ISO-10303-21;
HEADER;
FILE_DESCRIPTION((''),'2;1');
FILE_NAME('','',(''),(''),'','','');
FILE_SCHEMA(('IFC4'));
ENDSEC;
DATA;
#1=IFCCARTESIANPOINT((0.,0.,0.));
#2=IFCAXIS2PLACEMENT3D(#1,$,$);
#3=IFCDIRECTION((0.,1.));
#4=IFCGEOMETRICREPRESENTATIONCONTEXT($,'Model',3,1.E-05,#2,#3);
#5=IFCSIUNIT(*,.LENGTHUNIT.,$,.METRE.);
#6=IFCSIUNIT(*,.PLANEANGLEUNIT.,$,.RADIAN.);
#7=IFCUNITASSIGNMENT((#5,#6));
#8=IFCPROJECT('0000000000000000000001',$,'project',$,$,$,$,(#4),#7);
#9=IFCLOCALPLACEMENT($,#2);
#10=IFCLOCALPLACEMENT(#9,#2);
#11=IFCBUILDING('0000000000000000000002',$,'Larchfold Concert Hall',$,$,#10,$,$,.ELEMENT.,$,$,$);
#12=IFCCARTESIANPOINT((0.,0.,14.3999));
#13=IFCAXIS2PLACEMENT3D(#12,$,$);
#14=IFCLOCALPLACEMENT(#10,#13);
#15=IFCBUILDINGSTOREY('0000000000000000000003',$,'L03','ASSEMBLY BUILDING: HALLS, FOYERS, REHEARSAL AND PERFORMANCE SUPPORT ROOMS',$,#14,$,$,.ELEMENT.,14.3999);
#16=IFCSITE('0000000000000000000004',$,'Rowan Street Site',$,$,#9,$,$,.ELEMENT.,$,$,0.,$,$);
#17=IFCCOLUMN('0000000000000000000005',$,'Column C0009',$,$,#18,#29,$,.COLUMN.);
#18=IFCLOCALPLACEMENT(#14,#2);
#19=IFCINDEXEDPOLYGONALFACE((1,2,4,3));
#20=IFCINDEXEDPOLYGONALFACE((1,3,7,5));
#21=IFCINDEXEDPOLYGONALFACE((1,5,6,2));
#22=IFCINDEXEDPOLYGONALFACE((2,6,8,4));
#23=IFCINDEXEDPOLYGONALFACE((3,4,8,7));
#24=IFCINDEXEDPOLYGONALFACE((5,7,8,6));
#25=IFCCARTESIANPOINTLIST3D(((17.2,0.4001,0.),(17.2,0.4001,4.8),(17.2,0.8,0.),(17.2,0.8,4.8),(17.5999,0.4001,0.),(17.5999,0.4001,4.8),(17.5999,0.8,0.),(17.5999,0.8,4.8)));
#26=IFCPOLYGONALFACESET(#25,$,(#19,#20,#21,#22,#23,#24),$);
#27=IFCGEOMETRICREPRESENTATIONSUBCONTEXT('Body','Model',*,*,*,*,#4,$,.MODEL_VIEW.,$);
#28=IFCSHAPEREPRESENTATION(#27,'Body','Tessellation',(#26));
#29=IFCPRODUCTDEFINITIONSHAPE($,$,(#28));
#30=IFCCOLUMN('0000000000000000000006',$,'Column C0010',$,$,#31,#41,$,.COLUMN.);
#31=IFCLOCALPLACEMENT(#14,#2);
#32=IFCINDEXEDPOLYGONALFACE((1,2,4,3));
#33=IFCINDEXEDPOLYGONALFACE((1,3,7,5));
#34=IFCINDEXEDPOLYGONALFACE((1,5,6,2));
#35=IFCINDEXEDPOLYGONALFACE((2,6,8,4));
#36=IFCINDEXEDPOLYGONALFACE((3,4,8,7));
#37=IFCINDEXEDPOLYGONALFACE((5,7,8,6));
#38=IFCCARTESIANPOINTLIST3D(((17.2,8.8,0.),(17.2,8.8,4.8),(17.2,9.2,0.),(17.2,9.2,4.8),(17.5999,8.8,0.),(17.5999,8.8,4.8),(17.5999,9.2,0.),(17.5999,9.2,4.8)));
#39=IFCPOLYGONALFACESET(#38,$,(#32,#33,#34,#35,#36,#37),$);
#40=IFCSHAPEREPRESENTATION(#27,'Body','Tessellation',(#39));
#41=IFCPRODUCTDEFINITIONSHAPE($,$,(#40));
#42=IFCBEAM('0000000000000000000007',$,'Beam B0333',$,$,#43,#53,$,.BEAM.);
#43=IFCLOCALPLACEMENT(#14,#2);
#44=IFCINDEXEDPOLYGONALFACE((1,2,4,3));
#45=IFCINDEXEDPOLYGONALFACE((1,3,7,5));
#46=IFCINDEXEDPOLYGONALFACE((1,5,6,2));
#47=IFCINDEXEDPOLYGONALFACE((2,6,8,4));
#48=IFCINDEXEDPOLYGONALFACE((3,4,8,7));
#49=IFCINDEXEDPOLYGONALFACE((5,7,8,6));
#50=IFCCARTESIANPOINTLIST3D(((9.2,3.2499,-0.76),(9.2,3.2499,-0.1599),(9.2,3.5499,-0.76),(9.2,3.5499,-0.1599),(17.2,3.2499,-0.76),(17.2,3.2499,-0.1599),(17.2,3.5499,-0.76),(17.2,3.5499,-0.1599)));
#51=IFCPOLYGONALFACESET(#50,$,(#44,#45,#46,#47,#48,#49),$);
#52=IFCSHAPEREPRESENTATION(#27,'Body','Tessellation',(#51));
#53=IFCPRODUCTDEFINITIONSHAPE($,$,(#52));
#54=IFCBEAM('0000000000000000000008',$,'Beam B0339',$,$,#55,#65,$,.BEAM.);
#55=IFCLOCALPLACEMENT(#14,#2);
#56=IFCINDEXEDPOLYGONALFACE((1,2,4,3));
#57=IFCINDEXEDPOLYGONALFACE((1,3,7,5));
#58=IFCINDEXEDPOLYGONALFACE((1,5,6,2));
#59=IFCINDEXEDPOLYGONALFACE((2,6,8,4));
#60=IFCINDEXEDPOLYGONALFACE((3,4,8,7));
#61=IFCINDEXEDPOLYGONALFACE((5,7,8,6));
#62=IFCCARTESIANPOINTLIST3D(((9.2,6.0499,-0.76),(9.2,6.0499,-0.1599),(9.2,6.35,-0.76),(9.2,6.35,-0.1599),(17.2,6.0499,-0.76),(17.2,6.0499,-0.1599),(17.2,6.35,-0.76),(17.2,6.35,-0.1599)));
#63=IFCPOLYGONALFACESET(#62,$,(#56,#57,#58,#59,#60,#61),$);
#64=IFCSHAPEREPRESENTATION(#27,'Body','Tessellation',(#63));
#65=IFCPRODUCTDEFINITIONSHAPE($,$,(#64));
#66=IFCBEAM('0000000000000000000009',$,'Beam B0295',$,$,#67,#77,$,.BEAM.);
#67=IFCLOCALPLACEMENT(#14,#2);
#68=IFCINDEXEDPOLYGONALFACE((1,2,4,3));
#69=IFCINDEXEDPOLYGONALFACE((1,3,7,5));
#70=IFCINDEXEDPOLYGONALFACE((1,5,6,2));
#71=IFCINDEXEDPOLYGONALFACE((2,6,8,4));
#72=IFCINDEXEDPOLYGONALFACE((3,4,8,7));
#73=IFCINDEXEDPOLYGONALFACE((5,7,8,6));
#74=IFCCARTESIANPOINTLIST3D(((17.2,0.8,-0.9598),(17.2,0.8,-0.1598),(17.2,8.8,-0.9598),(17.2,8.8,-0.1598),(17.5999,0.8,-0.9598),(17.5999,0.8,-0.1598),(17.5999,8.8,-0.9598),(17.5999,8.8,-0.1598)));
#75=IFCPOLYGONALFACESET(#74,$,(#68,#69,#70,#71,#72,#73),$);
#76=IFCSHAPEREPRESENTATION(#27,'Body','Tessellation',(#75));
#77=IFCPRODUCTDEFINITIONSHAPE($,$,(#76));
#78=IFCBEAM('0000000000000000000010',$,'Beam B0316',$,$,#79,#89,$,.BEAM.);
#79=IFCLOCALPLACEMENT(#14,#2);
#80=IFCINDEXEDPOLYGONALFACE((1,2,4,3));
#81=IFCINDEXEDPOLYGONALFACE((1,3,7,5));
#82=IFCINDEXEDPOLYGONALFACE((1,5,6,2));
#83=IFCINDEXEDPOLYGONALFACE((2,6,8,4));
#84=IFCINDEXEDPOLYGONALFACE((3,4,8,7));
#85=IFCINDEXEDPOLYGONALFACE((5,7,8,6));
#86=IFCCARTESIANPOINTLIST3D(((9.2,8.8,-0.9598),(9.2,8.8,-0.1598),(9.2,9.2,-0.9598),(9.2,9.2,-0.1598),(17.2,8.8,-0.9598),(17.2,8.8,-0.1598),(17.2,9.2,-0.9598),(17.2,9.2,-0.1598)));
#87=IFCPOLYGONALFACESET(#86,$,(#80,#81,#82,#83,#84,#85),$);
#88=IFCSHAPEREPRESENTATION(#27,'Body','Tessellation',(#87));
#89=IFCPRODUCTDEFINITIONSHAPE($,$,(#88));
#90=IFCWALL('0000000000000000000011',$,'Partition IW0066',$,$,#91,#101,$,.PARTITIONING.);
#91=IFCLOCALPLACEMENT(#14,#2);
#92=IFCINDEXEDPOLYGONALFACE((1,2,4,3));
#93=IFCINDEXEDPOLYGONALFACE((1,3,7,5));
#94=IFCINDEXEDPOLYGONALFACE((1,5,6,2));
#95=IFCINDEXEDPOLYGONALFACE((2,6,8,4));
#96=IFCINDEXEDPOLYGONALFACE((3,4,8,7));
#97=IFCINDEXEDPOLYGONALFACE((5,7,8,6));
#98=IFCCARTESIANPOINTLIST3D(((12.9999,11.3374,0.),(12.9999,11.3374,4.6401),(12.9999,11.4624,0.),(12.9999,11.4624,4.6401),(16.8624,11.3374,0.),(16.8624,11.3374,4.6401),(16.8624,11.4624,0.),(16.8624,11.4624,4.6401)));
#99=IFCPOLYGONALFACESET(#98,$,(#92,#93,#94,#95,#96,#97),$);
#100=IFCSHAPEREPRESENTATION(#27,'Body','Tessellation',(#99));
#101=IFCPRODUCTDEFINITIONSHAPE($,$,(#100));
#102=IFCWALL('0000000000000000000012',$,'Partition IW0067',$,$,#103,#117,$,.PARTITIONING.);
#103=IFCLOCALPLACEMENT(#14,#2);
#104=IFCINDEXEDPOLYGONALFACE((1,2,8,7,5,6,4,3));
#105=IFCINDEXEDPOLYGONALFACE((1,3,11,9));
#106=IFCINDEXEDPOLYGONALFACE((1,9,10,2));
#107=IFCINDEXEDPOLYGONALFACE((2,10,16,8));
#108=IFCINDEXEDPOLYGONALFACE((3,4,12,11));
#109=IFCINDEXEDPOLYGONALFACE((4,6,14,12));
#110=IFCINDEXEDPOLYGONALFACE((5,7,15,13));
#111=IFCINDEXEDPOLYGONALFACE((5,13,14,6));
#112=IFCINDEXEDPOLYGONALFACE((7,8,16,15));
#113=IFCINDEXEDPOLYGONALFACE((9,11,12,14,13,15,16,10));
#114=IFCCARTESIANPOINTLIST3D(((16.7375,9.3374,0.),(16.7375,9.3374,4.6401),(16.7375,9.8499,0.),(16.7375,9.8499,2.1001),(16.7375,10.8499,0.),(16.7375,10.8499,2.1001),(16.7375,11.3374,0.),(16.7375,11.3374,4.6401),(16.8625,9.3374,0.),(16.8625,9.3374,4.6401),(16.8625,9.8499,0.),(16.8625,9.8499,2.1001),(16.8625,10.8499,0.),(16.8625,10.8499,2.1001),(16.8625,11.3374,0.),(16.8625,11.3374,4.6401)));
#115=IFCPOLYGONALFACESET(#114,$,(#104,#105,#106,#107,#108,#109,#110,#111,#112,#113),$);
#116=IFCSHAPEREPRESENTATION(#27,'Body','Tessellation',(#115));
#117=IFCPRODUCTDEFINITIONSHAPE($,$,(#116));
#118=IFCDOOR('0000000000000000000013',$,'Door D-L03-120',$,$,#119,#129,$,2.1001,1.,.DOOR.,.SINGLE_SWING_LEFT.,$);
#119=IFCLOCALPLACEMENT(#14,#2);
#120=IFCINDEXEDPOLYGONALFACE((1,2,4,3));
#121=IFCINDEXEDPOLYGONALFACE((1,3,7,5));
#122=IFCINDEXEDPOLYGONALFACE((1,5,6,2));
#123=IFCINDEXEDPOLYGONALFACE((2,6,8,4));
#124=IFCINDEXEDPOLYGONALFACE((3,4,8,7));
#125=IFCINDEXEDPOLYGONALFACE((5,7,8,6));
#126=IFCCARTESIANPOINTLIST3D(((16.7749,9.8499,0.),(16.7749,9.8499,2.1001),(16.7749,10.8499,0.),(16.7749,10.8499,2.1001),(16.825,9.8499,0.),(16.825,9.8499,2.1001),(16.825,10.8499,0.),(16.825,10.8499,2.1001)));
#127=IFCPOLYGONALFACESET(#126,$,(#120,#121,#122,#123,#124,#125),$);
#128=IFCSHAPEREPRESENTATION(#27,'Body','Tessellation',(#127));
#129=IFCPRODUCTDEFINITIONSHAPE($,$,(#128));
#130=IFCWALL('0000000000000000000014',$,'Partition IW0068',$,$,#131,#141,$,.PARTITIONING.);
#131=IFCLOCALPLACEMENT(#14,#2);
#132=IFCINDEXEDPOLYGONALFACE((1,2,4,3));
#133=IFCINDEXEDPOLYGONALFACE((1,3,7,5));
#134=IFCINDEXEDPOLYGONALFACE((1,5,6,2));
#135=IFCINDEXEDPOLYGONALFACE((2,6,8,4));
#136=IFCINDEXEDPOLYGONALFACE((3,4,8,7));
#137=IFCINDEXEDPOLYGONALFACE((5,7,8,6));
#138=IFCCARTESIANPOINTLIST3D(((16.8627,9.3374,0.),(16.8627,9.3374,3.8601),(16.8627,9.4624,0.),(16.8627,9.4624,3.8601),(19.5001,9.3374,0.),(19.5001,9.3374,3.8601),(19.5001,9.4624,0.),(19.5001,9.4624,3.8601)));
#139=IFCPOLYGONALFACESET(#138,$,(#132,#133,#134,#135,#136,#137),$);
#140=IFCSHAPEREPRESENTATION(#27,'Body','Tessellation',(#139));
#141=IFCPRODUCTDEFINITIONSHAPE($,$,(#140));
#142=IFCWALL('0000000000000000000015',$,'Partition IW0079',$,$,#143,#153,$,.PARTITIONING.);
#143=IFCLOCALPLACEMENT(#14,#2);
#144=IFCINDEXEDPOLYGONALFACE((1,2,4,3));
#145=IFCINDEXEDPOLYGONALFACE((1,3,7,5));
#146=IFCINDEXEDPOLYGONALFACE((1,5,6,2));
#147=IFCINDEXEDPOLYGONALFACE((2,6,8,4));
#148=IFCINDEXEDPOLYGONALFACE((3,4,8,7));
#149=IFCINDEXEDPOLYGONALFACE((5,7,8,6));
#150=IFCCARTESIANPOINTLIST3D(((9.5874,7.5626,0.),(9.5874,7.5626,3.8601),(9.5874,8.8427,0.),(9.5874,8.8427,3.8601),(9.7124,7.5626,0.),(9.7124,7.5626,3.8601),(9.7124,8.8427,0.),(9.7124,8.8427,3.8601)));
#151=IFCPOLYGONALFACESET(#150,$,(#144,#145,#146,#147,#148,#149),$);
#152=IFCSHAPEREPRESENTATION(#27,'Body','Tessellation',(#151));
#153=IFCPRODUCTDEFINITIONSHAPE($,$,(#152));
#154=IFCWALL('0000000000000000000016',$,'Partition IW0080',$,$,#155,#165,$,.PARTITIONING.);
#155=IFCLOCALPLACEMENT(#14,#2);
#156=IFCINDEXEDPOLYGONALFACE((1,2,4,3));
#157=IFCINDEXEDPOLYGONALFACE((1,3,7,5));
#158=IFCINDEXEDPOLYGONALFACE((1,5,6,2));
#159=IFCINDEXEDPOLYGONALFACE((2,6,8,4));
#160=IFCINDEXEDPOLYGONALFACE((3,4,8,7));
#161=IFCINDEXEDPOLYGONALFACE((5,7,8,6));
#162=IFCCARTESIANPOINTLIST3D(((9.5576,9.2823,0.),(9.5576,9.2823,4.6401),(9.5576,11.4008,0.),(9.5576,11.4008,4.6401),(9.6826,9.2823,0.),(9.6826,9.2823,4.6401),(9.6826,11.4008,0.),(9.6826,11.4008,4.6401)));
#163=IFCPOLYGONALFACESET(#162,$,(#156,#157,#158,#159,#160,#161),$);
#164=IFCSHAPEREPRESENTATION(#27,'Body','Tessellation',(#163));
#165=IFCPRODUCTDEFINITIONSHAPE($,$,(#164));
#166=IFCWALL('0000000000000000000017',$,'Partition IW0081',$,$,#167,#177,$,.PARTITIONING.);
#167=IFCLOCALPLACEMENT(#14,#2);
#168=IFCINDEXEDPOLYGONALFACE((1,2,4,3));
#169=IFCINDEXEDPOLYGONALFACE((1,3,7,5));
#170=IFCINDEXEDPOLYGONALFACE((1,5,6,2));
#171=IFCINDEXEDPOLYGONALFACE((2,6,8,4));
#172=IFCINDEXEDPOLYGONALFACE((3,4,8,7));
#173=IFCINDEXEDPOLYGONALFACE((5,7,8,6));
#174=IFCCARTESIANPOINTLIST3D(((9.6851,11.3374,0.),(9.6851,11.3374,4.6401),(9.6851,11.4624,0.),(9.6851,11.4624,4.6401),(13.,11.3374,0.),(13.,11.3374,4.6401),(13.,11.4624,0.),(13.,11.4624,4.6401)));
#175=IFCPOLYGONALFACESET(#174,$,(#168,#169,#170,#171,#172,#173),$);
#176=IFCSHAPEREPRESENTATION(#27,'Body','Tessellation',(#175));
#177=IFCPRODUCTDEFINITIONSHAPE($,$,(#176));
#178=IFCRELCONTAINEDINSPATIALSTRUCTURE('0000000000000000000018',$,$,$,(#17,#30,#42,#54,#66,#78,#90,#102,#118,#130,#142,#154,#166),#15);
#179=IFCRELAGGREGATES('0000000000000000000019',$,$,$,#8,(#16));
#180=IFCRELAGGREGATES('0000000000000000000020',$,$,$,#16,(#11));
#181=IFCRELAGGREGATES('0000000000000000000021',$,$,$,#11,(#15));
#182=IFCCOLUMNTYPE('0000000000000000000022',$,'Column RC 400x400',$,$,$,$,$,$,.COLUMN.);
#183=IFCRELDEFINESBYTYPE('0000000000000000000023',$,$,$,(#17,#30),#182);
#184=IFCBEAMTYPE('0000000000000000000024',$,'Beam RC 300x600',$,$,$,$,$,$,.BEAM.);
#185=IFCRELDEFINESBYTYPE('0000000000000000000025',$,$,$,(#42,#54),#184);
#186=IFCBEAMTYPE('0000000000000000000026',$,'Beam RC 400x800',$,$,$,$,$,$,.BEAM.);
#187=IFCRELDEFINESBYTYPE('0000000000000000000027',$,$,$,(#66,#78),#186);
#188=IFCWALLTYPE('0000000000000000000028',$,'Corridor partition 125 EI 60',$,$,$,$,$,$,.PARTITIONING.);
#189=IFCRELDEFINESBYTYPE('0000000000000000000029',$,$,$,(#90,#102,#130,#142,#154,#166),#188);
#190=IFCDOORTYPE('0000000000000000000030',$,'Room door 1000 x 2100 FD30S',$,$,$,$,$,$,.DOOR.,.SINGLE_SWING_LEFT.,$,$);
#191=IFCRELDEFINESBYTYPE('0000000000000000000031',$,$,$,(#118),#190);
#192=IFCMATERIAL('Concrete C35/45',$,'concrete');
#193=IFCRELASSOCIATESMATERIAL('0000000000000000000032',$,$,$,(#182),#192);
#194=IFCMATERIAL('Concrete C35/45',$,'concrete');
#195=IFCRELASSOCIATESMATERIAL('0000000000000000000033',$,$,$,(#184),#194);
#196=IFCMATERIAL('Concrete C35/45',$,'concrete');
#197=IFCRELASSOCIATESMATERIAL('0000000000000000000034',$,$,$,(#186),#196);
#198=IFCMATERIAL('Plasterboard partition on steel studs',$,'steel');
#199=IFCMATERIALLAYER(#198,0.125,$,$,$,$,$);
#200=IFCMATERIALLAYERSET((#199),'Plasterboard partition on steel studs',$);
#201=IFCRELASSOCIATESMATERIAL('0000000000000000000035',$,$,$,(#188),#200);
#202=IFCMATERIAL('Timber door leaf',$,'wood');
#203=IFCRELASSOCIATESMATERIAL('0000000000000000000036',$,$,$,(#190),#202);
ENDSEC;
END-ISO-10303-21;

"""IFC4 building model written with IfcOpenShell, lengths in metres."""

from ifc_helpers import new_model, si_unit, direction, frame, frame_2d, origin, origin_2d, place, context, subcontext, project, spatial, rectangle, extrude, material, layer, layer_set, material_profile, profile_set, type_object, element, fill, save


model = new_model("IFC4")

# Units and contexts
model_context = context("Model", 3, precision=1e-05, world=origin(), true_north=direction((0.0, 1.0)))
body_context = subcontext(model_context, "Body", "Model", "MODEL_VIEW")
ifc_project = project(units=[si_unit("LENGTHUNIT", "METRE"), si_unit("PLANEANGLEUNIT", "RADIAN")], contexts=[model_context])

# Site, building, storey
site_placement = place(None, origin())
site = spatial("IfcSite", under=ifc_project, at=site_placement, Name="Rowan Street Site", CompositionType="ELEMENT", RefElevation=0.0)
building_placement = place(site_placement, origin())
building = spatial("IfcBuilding", under=site, at=building_placement, Name="Larchfold Concert Hall", CompositionType="ELEMENT")
storey_placement = place(building_placement, frame((0.0, 0.0, 14.3999)))
storey = spatial("IfcBuildingStorey", under=building, at=storey_placement, Name="L03", Description="ASSEMBLY BUILDING: HALLS, FOYERS, REHEARSAL AND PERFORMANCE SUPPORT ROOMS", CompositionType="ELEMENT", Elevation=14.3999)

# Columns
ifc_material_1 = material(Name="Concrete C35/45", Category="concrete")
ifc_material_profile_1 = material_profile(ifc_material_1, rectangle(XDim=0.3999, YDim=0.3999, at=origin_2d()))
ifc_profile_set_1 = profile_set([ifc_material_profile_1], Name="Concrete C35/45")
column_type = type_object("IfcColumnType", Name="Column RC 400x400", PredefinedType="COLUMN", material=ifc_profile_set_1)
for number, where, z_axis, x_axis, name in (
    (1, (17.3999, 0.6001, 0.0), (0.0, 0.0, 1.0), (1.0, 0.0, 0.0), "Column C0009"),
    (2, (17.3999, 9.0, 0.0), (0.0, 0.0, 1.0), (1.0, 0.0, 0.0), "Column C0010"),
):
    element("IfcColumn", number, at=place(storey_placement, frame(where, z_axis=z_axis, x_axis=x_axis)), inside=storey, type_object=column_type, Name=name, PredefinedType="COLUMN", context=body_context, shape_type="SweptSolid", body=[
        extrude(rectangle(XDim=0.3999, YDim=0.3999, at=origin_2d()), origin(), (0.0, 0.0, 1.0), 4.8),
    ])

# Beams
ifc_material_2 = material(Name="Concrete C35/45", Category="concrete")
ifc_material_profile_2 = material_profile(ifc_material_2, rectangle(XDim=0.3, YDim=0.6001, at=origin_2d()))
ifc_profile_set_2 = profile_set([ifc_material_profile_2], Name="Concrete C35/45")
beam_type_1 = type_object("IfcBeamType", Name="Beam RC 300x600", PredefinedType="BEAM", material=ifc_profile_set_2)
for number, where, z_axis, x_axis, name in (
    (3, (9.2, 3.3999, -0.46), (1.0, 0.0, 0.0), (0.0, 1.0, 0.0), "Beam B0333"),
    (4, (9.2, 6.2, -0.46), (1.0, 0.0, 0.0), (0.0, 1.0, 0.0), "Beam B0339"),
):
    element("IfcBeam", number, at=place(storey_placement, frame(where, z_axis=z_axis, x_axis=x_axis)), inside=storey, type_object=beam_type_1, Name=name, PredefinedType="BEAM", context=body_context, shape_type="SweptSolid", body=[
        extrude(rectangle(XDim=0.3, YDim=0.6001, at=origin_2d()), origin(), (0.0, 0.0, 1.0), 8.0),
    ])
ifc_material_3 = material(Name="Concrete C35/45", Category="concrete")
ifc_material_profile_3 = material_profile(ifc_material_3, rectangle(XDim=0.3999, YDim=0.8, at=origin_2d()))
ifc_profile_set_3 = profile_set([ifc_material_profile_3], Name="Concrete C35/45")
beam_type_2 = type_object("IfcBeamType", Name="Beam RC 400x800", PredefinedType="BEAM", material=ifc_profile_set_3)
for number, where, z_axis, x_axis, name in (
    (5, (17.3999, 0.8, -0.5598), (0.0, 1.0, 0.0), (-1.0, 0.0, 0.0), "Beam B0295"),
    (6, (9.2, 9.0, -0.5598), (1.0, 0.0, 0.0), (0.0, 1.0, 0.0), "Beam B0316"),
):
    element("IfcBeam", number, at=place(storey_placement, frame(where, z_axis=z_axis, x_axis=x_axis)), inside=storey, type_object=beam_type_2, Name=name, PredefinedType="BEAM", context=body_context, shape_type="SweptSolid", body=[
        extrude(rectangle(XDim=0.3999, YDim=0.8, at=origin_2d()), origin(), (0.0, 0.0, 1.0), 8.0),
    ])

# Wall
ifc_material_4 = material(Name="Plasterboard partition on steel studs", Category="steel")
ifc_layer_1 = layer(ifc_material_4, 0.125)
ifc_layer_set_1 = layer_set([ifc_layer_1], Name="Plasterboard partition on steel studs")
wall_type_1 = type_object("IfcWallType", Name="Corridor partition 125 EI 60", PredefinedType="PARTITIONING", material=ifc_layer_set_1)
wall_1_placement = place(storey_placement, frame((13.0, 11.3999, 0.0), z_axis=(0.0, 0.0, 1.0), x_axis=(1.0, 0.0, 0.0)))
element("IfcWall", 7, at=wall_1_placement, inside=storey, type_object=wall_type_1, Name="Partition IW0066", PredefinedType="PARTITIONING", context=body_context, shape_type="SweptSolid", body=[
    extrude(rectangle(XDim=3.8625, YDim=0.125, at=frame_2d((1.9312, 0.0))), origin(), (0.0, 0.0, 1.0), 4.6401),
])

# Wall, opening, door
wall_2_placement = place(storey_placement, frame((16.8, 11.3374, 0.0), z_axis=(0.0, 0.0, 1.0), x_axis=(0.0, -1.0, 0.0)))
wall_2 = element("IfcWall", 8, at=wall_2_placement, inside=storey, type_object=wall_type_1, Name="Partition IW0067", PredefinedType="PARTITIONING", context=body_context, shape_type="SweptSolid", body=[
    extrude(rectangle(XDim=2.0, YDim=0.125, at=frame_2d((1.0, 0.0))), origin(), (0.0, 0.0, 1.0), 4.6401),
])
opening_1_placement = place(wall_2_placement, frame((0.4875, 0.0, 0.0)))
opening_1 = element("IfcOpeningElement", 9, at=opening_1_placement, cuts=wall_2, PredefinedType="OPENING", context=body_context, shape_type="SweptSolid", body=[
    extrude(rectangle(XDim=1.0, YDim=2.1001, at=frame_2d((0.5, 1.05))), frame((0.0, 0.0725, 0.0), z_axis=(0.0, -1.0, 0.0), x_axis=(1.0, 0.0, 0.0)), (0.0, 0.0, 1.0), 0.145),
])
ifc_material_5 = material(Name="Timber door leaf", Category="wood")
door_type = type_object("IfcDoorType", Name="Room door 1000 x 2100 FD30S", OperationType="SINGLE_SWING_LEFT", PredefinedType="DOOR", material=ifc_material_5)
door_placement = place(opening_1_placement, origin())
door = element("IfcDoor", 10, at=door_placement, inside=storey, type_object=door_type, Name="Door D-L03-120", OperationType="SINGLE_SWING_LEFT", OverallHeight=2.1001, OverallWidth=1.0, PredefinedType="DOOR", context=body_context, shape_type="SweptSolid", body=[
    extrude(rectangle(XDim=1.0, YDim=2.1001, at=frame_2d((0.5, 1.05))), frame((0.0, 0.0249, 0.0), z_axis=(0.0, -1.0, 0.0), x_axis=(1.0, 0.0, 0.0)), (0.0, 0.0, 1.0), 0.05),
])
fill(opening_1, door)

# Walls
wall_3_placement = place(storey_placement, frame((16.8625, 9.3999, 0.0), z_axis=(0.0, 0.0, 1.0), x_axis=(1.0, 0.0, 0.0)))
element("IfcWall", 11, at=wall_3_placement, inside=storey, type_object=wall_type_1, Name="Partition IW0068", PredefinedType="PARTITIONING", context=body_context, shape_type="SweptSolid", body=[
    extrude(rectangle(XDim=2.6375, YDim=0.125, at=frame_2d((1.3188, 0.0))), origin(), (0.0, 0.0, 1.0), 3.8601),
])
wall_4_placement = place(storey_placement, frame((9.6499, 7.5625, 0.0), z_axis=(0.0, 0.0, 1.0), x_axis=(0.0, 1.0, 0.0)))
element("IfcWall", 12, at=wall_4_placement, inside=storey, type_object=wall_type_1, Name="Partition IW0079", PredefinedType="PARTITIONING", context=body_context, shape_type="SweptSolid", body=[
    extrude(rectangle(XDim=1.28, YDim=0.125, at=frame_2d((0.6401, 0.0))), origin(), (0.0, 0.0, 1.0), 3.8601),
])
wall_5_placement = place(storey_placement, frame((9.6201, 9.2825, 0.0), z_axis=(0.0, 0.0, 1.0), x_axis=(0.0, 1.0, 0.0)))
element("IfcWall", 13, at=wall_5_placement, inside=storey, type_object=wall_type_1, Name="Partition IW0080", PredefinedType="PARTITIONING", context=body_context, shape_type="SweptSolid", body=[
    extrude(rectangle(XDim=2.1184, YDim=0.125, at=frame_2d((1.0591, 0.0))), origin(), (0.0, 0.0, 1.0), 4.6401),
])
wall_6_placement = place(storey_placement, frame((9.6851, 11.3999, 0.0), z_axis=(0.0, 0.0, 1.0), x_axis=(1.0, 0.0, 0.0)))
element("IfcWall", 14, at=wall_6_placement, inside=storey, type_object=wall_type_1, Name="Partition IW0081", PredefinedType="PARTITIONING", context=body_context, shape_type="SweptSolid", body=[
    extrude(rectangle(XDim=3.3149, YDim=0.125, at=frame_2d((1.6575, 0.0))), origin(), (0.0, 0.0, 1.0), 4.6401),
])

save(model, "model.ifc")
